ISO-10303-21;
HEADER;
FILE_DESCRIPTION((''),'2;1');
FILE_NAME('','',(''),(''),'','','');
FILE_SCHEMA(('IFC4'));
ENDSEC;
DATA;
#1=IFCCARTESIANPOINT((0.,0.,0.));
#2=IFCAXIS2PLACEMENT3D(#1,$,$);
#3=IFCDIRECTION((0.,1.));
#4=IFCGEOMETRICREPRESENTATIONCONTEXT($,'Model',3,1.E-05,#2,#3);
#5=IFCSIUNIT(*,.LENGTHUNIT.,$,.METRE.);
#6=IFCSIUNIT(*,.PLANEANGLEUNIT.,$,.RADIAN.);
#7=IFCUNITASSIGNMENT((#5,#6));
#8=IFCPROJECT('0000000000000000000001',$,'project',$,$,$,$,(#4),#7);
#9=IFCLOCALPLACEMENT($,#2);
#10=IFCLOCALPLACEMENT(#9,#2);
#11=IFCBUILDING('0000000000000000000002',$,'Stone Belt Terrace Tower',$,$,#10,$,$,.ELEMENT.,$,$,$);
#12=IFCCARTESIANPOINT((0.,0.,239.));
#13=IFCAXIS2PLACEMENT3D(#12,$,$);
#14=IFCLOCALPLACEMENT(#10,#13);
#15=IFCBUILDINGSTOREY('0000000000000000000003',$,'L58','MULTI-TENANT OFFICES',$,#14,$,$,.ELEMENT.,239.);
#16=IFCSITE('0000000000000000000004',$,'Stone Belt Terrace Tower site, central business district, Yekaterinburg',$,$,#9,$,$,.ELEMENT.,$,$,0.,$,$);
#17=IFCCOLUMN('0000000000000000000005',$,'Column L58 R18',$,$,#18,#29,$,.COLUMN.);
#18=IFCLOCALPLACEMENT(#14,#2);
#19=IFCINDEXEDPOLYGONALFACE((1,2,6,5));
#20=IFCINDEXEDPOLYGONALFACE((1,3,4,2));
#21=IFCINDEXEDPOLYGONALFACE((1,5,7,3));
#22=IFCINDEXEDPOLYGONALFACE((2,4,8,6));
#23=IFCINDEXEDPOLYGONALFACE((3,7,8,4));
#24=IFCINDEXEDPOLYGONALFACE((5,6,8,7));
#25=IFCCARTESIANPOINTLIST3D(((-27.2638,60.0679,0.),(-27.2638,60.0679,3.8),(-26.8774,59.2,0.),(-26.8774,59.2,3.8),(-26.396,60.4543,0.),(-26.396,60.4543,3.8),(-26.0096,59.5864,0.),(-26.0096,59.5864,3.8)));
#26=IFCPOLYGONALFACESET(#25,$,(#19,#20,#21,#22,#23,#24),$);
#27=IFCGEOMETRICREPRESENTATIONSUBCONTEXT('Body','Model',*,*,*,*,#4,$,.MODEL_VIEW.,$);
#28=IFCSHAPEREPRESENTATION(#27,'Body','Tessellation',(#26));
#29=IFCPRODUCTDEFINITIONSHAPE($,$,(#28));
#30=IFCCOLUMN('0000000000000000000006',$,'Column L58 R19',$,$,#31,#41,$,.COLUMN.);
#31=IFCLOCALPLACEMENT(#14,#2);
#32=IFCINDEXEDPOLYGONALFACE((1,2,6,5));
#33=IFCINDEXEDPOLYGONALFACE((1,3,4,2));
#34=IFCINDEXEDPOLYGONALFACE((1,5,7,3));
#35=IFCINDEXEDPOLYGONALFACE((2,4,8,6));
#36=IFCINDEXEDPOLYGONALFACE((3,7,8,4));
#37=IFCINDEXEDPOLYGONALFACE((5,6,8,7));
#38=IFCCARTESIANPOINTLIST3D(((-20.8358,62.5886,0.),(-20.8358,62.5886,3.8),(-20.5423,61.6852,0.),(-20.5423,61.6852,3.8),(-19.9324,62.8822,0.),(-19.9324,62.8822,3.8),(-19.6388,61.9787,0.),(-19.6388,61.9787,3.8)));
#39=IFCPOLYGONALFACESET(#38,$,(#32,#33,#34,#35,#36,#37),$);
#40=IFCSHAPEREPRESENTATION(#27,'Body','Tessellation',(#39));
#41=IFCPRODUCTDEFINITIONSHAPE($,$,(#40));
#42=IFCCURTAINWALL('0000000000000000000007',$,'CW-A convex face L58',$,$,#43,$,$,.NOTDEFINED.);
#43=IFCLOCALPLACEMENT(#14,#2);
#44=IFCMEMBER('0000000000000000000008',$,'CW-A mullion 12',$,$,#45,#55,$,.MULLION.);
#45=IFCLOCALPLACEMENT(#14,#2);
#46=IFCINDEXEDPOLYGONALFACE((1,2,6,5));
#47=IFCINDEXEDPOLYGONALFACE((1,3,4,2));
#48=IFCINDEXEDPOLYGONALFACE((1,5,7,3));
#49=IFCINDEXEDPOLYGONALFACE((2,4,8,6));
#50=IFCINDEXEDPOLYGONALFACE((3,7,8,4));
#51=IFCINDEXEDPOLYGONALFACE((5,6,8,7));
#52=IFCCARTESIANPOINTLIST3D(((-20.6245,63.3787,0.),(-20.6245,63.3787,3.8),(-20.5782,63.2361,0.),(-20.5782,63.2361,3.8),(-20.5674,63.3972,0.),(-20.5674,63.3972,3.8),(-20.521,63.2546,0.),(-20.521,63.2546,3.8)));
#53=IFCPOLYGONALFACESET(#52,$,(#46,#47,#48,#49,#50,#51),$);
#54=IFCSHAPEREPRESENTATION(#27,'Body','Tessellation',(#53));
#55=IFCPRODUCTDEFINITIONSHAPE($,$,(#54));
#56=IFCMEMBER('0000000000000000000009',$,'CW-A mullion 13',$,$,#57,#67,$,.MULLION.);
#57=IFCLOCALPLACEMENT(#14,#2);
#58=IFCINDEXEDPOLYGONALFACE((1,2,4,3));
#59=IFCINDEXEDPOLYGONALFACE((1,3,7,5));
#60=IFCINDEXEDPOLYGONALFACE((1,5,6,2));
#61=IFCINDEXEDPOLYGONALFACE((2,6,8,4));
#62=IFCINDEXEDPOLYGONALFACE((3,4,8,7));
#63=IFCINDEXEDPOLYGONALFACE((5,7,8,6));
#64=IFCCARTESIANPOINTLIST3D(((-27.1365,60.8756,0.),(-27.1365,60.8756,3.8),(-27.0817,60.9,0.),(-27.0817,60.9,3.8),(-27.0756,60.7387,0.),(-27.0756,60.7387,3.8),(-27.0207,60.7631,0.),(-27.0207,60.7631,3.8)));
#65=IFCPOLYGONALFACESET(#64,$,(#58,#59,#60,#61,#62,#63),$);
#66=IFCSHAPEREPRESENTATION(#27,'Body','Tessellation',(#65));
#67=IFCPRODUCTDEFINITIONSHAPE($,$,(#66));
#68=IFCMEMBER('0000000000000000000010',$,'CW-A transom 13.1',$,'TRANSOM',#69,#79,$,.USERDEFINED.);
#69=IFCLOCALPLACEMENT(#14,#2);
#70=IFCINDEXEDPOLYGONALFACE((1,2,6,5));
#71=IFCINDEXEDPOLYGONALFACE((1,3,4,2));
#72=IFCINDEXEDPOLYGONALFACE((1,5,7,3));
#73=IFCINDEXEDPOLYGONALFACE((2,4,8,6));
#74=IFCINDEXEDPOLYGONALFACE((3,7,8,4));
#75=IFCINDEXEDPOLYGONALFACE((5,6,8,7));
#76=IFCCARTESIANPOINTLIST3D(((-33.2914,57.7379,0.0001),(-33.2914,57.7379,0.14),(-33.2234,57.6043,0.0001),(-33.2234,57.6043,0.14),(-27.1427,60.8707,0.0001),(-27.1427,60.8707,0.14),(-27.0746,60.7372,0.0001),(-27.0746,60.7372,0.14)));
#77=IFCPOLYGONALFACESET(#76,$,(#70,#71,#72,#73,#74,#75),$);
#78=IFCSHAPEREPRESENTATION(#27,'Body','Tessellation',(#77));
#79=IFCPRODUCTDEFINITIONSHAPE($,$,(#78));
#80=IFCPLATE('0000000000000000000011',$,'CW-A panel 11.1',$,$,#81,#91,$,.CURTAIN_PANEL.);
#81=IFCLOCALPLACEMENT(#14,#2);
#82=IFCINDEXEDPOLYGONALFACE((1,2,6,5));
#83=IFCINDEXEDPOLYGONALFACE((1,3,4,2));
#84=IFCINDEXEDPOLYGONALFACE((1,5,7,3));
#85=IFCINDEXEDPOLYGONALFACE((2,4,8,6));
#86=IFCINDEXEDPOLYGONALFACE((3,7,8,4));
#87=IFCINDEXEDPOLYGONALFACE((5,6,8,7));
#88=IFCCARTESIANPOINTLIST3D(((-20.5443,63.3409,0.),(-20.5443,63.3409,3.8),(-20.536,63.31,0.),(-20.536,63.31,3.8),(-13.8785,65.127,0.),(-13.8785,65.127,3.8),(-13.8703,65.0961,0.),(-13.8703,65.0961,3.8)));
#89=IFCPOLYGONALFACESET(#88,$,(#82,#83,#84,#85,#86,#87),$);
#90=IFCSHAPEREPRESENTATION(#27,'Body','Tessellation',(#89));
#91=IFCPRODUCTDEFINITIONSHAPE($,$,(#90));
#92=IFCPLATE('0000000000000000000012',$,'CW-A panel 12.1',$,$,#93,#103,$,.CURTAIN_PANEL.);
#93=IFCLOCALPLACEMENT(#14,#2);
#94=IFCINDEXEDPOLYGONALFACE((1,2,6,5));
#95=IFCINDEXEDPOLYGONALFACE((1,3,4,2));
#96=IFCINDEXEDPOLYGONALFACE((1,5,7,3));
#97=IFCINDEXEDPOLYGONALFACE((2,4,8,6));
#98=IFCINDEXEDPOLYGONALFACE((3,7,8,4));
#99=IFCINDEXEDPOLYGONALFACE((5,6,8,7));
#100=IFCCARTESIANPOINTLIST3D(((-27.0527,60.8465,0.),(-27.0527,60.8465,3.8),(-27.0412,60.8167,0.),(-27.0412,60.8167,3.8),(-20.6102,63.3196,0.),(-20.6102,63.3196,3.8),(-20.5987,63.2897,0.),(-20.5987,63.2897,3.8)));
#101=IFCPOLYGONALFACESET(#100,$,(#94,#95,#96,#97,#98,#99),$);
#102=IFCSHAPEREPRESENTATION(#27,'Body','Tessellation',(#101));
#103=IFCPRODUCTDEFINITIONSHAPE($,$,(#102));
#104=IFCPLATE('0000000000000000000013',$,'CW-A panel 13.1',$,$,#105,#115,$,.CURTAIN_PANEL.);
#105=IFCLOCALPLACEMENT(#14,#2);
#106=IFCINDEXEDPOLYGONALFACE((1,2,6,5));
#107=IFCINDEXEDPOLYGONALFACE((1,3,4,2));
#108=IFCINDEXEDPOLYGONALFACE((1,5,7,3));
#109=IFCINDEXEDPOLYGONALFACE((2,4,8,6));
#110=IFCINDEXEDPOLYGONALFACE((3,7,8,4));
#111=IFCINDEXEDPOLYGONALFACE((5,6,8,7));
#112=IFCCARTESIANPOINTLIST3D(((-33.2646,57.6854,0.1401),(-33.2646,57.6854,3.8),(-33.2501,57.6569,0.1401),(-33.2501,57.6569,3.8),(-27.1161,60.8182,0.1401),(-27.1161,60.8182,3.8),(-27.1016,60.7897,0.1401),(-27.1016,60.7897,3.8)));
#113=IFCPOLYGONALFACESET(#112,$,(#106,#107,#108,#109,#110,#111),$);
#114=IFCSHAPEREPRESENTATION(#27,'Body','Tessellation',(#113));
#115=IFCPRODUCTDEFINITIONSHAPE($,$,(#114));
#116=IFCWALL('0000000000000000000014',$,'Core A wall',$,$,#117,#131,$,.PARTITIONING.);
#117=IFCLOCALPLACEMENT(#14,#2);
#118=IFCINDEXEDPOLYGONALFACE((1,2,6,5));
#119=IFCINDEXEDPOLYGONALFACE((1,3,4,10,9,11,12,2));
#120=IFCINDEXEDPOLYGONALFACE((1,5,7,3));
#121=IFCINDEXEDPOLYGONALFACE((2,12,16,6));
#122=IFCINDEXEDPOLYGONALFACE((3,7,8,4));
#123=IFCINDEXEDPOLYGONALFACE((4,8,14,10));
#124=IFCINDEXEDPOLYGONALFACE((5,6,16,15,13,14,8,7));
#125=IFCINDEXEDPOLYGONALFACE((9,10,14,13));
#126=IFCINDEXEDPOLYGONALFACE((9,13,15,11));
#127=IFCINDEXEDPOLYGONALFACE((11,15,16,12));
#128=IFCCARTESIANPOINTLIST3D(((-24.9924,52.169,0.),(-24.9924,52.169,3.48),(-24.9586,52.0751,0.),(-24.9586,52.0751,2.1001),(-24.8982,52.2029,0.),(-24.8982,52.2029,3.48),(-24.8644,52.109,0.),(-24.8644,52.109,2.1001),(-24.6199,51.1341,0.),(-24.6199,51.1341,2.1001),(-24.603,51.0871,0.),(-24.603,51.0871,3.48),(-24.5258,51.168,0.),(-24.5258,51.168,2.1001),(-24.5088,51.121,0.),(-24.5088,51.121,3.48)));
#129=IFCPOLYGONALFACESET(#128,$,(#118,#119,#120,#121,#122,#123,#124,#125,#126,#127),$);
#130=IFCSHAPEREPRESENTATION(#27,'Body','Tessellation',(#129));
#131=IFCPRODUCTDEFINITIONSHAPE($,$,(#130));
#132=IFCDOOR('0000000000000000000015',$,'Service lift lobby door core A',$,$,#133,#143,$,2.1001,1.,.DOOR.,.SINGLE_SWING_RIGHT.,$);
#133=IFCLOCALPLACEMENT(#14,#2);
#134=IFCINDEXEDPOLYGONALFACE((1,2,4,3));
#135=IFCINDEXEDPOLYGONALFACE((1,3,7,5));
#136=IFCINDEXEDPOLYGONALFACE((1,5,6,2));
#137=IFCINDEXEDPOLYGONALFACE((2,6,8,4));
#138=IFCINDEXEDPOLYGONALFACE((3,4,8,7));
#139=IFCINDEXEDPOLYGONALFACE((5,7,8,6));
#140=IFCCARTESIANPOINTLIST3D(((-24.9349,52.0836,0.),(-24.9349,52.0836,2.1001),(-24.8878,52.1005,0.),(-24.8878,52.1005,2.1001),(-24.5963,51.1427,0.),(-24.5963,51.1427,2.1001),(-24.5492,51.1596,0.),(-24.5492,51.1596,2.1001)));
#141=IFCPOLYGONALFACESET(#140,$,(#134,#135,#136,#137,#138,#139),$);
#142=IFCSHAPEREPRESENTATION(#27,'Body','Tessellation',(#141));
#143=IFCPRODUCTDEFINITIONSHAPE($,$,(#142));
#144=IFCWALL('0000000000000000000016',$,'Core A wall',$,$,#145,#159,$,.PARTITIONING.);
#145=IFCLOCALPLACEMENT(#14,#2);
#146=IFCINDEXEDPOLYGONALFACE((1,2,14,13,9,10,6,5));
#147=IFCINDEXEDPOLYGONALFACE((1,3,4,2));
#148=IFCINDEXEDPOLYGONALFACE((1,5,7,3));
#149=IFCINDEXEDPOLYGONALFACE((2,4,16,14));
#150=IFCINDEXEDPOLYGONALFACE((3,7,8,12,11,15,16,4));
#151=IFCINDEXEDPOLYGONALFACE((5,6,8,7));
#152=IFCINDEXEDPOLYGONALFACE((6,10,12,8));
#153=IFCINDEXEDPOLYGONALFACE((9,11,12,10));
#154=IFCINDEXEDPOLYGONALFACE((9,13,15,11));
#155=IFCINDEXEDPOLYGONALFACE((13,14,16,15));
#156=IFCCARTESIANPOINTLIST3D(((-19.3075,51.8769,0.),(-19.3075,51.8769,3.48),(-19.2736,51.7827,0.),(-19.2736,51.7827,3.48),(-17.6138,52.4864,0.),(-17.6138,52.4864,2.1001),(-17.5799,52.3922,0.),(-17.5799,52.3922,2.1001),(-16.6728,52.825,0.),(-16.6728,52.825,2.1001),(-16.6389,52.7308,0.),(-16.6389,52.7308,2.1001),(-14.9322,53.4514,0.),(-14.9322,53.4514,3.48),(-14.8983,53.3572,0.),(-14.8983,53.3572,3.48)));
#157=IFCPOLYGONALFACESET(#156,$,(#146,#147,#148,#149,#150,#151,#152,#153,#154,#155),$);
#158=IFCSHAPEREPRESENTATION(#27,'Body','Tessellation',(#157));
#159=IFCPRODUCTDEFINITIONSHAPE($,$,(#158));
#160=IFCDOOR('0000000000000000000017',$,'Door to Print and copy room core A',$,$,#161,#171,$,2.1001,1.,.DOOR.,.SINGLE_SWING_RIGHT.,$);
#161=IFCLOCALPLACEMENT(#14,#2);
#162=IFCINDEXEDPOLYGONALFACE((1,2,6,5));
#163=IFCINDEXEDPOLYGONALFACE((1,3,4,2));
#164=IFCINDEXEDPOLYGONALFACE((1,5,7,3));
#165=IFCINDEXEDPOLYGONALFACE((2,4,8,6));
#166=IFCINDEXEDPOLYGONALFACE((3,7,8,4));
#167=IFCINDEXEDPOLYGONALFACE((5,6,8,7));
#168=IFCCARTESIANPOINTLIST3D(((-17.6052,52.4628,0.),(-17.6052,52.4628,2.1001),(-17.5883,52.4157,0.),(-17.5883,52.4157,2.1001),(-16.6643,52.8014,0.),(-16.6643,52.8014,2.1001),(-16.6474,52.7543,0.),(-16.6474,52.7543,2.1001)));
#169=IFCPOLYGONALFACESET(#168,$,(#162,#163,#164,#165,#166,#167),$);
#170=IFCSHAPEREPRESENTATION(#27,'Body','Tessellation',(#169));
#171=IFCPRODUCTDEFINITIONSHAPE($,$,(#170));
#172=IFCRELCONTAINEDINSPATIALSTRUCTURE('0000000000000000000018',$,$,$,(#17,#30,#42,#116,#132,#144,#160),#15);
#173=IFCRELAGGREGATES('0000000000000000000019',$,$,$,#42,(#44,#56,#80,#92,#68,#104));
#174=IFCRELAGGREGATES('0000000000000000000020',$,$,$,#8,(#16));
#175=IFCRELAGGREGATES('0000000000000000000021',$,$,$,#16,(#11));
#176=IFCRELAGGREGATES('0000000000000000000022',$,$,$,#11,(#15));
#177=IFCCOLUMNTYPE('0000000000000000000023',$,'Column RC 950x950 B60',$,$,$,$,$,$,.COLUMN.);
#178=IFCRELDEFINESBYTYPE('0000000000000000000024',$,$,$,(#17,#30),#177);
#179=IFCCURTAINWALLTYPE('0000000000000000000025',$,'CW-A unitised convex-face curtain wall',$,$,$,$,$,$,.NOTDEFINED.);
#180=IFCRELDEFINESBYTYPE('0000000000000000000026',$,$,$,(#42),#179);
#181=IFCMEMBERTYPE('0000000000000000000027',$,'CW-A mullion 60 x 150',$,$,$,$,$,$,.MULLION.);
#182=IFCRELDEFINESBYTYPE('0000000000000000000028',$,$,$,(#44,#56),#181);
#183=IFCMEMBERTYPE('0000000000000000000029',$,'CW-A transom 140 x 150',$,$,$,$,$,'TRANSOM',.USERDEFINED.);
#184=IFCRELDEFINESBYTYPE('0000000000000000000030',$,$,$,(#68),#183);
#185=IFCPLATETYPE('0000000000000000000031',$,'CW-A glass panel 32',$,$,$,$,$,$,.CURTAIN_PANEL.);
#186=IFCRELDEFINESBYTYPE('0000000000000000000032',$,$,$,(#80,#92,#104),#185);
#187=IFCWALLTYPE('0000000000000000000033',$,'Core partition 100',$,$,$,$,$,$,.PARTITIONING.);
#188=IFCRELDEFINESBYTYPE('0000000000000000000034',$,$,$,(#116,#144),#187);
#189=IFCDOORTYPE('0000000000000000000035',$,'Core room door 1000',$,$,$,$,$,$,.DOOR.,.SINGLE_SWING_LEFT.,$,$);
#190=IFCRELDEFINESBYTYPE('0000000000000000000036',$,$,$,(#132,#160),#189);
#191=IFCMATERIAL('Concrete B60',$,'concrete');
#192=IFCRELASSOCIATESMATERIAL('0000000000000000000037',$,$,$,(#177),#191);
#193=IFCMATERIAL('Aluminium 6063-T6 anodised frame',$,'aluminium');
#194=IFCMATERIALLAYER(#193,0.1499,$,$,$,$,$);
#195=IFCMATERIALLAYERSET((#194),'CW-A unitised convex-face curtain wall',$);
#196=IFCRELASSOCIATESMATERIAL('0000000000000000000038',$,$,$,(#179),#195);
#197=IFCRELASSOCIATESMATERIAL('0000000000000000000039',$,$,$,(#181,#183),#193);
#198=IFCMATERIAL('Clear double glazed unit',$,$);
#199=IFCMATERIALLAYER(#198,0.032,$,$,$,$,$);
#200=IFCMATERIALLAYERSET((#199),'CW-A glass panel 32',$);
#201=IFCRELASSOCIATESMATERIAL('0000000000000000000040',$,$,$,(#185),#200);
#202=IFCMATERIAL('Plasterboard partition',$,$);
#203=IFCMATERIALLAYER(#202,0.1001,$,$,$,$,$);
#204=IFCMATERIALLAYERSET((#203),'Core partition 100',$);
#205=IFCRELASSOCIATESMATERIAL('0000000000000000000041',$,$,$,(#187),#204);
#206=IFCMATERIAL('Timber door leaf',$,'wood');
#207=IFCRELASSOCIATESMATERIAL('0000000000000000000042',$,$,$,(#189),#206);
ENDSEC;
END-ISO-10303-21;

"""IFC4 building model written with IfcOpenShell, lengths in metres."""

from ifc_helpers import new_model, si_unit, direction, frame, frame_2d, origin, origin_2d, place, context, subcontext, project, spatial, rectangle, extrude, material, layer, layer_set, material_profile, profile_set, type_object, element, fill, aggregate, save


model = new_model("IFC4")

# Units and contexts
model_context = context("Model", 3, precision=1e-05, world=origin(), true_north=direction((0.0, 1.0)))
body_context = subcontext(model_context, "Body", "Model", "MODEL_VIEW")
ifc_project = project(units=[si_unit("LENGTHUNIT", "METRE"), si_unit("PLANEANGLEUNIT", "RADIAN")], contexts=[model_context])

# Site, building, storey
site_placement = place(None, origin())
site = spatial("IfcSite", under=ifc_project, at=site_placement, Name="Stone Belt Terrace Tower site, central business district, Yekaterinburg", CompositionType="ELEMENT", RefElevation=0.0)
building_placement = place(site_placement, origin())
building = spatial("IfcBuilding", under=site, at=building_placement, Name="Stone Belt Terrace Tower", CompositionType="ELEMENT")
storey_placement = place(building_placement, frame((0.0, 0.0, 239.0)))
storey = spatial("IfcBuildingStorey", under=building, at=storey_placement, Name="L58", Description="MULTI-TENANT OFFICES", CompositionType="ELEMENT", Elevation=239.0)

# Columns
ifc_material_1 = material(Name="Concrete B60", Category="concrete")
ifc_material_profile_1 = material_profile(ifc_material_1, rectangle(XDim=0.95, YDim=0.95, at=origin_2d()), Name="RC 950x950")
ifc_profile_set_1 = profile_set([ifc_material_profile_1], Name="Concrete B60")
column_type = type_object("IfcColumnType", Name="Column RC 950x950 B60", PredefinedType="COLUMN", material=ifc_profile_set_1)
for number, where, z_axis, x_axis, name in (
    (1, (-26.6367, 59.8271, 0.0), (0.0, 0.0, 1.0), (0.913545, 0.406737, 0.0), "Column L58 R18"),
    (2, (-20.2373, 62.2837, 0.0), (0.0, 0.0, 1.0), (0.951057, 0.309017, 0.0), "Column L58 R19"),
):
    element("IfcColumn", number, at=place(storey_placement, frame(where, z_axis=z_axis, x_axis=x_axis)), inside=storey, type_object=column_type, Name=name, PredefinedType="COLUMN", context=body_context, shape_type="SweptSolid", body=[
        extrude(rectangle(XDim=0.95, YDim=0.95, at=origin_2d()), origin(), (0.0, 0.0, 1.0), 3.8),
    ])

# Curtain wall, members, plates
ifc_material_2 = material(Name="Aluminium 6063-T6 anodised frame", Category="aluminium")
ifc_layer_1 = layer(ifc_material_2, 0.1499)
ifc_layer_set_1 = layer_set([ifc_layer_1], Name="CW-A unitised convex-face curtain wall")
curtain_wall_type = type_object("IfcCurtainWallType", Name="CW-A unitised convex-face curtain wall", PredefinedType="NOTDEFINED", material=ifc_layer_set_1)
curtain_wall_placement = place(storey_placement, origin())
curtain_wall = element("IfcCurtainWall", 3, at=curtain_wall_placement, inside=storey, type_object=curtain_wall_type, Name="CW-A convex face L58", PredefinedType="NOTDEFINED")
ifc_material_profile_2 = material_profile(ifc_material_2, rectangle(XDim=0.1499, YDim=0.0601, at=origin_2d()), Name="Aluminium 6063-T6 60x150")
ifc_profile_set_2 = profile_set([ifc_material_profile_2], Name="Aluminium 6063-T6 anodised frame")
member_type_1 = type_object("IfcMemberType", Name="CW-A mullion 60 x 150", PredefinedType="MULLION", material=ifc_profile_set_2)
member_1_placement = place(storey_placement, frame((-20.5728, 63.3167, 0.0), z_axis=(0.0, 0.0, 1.0), x_axis=(0.309017, -0.951057, 0.0)))
member_1 = element("IfcMember", 4, at=member_1_placement, type_object=member_type_1, Name="CW-A mullion 12", PredefinedType="MULLION", context=body_context, shape_type="SweptSolid", body=[
    extrude(rectangle(XDim=0.1499, YDim=0.0601, at=origin_2d()), origin(), (0.0, 0.0, 1.0), 3.8),
])
member_2_placement = place(storey_placement, frame((-27.0786, 60.8193, 0.0), z_axis=(0.0, 0.0, 1.0), x_axis=(0.406737, -0.913545, 0.0)))
member_2 = element("IfcMember", 5, at=member_2_placement, type_object=member_type_1, Name="CW-A mullion 13", PredefinedType="MULLION", context=body_context, shape_type="SweptSolid", body=[
    extrude(rectangle(XDim=0.1499, YDim=0.0601, at=origin_2d()), origin(), (0.0, 0.0, 1.0), 3.8),
])
ifc_material_profile_3 = material_profile(ifc_material_2, rectangle(XDim=0.1499, YDim=0.1399, at=origin_2d()), Name="Aluminium 6063-T6 150x140")
ifc_profile_set_3 = profile_set([ifc_material_profile_3], Name="Aluminium 6063-T6 anodised frame")
member_type_2 = type_object("IfcMemberType", Name="CW-A transom 140 x 150", ElementType="TRANSOM", PredefinedType="USERDEFINED", material=ifc_profile_set_3)
member_3_placement = place(storey_placement, frame((-27.1086, 60.804, 0.0701), z_axis=(-0.891012, -0.453979, 0.0), x_axis=(0.453979, -0.891012, 0.0)))
member_3 = element("IfcMember", 6, at=member_3_placement, type_object=member_type_2, Name="CW-A transom 13.1", ObjectType="TRANSOM", PredefinedType="USERDEFINED", context=body_context, shape_type="SweptSolid", body=[
    extrude(rectangle(XDim=0.1499, YDim=0.1399, at=origin_2d()), origin(), (0.0, 0.0, 1.0), 6.9009),
])
ifc_material_3 = material(Name="Clear double glazed unit")
ifc_layer_2 = layer(ifc_material_3, 0.032)
ifc_layer_set_2 = layer_set([ifc_layer_2], Name="CW-A glass panel 32")
plate_type = type_object("IfcPlateType", Name="CW-A glass panel 32", PredefinedType="CURTAIN_PANEL", material=ifc_layer_set_2)
plate_1_placement = place(storey_placement, frame((-17.2073, 64.2185, 0.0), z_axis=(0.0, 0.0, 1.0), x_axis=(-0.965926, -0.258819, 0.0)))
plate_1 = element("IfcPlate", 7, at=plate_1_placement, type_object=plate_type, Name="CW-A panel 11.1", PredefinedType="CURTAIN_PANEL", context=body_context, shape_type="SweptSolid", body=[
    extrude(rectangle(XDim=6.9009, YDim=0.032, at=origin_2d()), origin(), (0.0, 0.0, 1.0), 3.8),
])
plate_2_placement = place(storey_placement, frame((-23.8257, 62.0681, 0.0), z_axis=(0.0, 0.0, 1.0), x_axis=(-0.93358, -0.358368, 0.0)))
plate_2 = element("IfcPlate", 8, at=plate_2_placement, type_object=plate_type, Name="CW-A panel 12.1", PredefinedType="CURTAIN_PANEL", context=body_context, shape_type="SweptSolid", body=[
    extrude(rectangle(XDim=6.9009, YDim=0.032, at=origin_2d()), origin(), (0.0, 0.0, 1.0), 3.8),
])
plate_3_placement = place(storey_placement, frame((-30.1831, 59.2375, 0.1401), z_axis=(0.0, 0.0, 1.0), x_axis=(-0.891007, -0.45399, 0.0)))
plate_3 = element("IfcPlate", 9, at=plate_3_placement, type_object=plate_type, Name="CW-A panel 13.1", PredefinedType="CURTAIN_PANEL", context=body_context, shape_type="SweptSolid", body=[
    extrude(rectangle(XDim=6.9006, YDim=0.032, at=origin_2d()), origin(), (0.0, 0.0, 1.0), 3.6599),
])
aggregate(curtain_wall, [member_1, member_2, plate_1, plate_2, member_3, plate_3])

# Walls, openings, doors
ifc_material_4 = material(Name="Plasterboard partition")
ifc_layer_3 = layer(ifc_material_4, 0.1001)
ifc_layer_set_3 = layer_set([ifc_layer_3], Name="Core partition 100")
wall_type_1 = type_object("IfcWallType", Name="Core partition 100", PredefinedType="PARTITIONING", material=ifc_layer_set_3)
wall_1_placement = place(storey_placement, frame((-24.5559, 51.104, 0.0), z_axis=(0.0, 0.0, 1.0), x_axis=(-0.338622, 0.940923, 0.0)))
wall_1 = element("IfcWall", 10, at=wall_1_placement, inside=storey, type_object=wall_type_1, Name="Core A wall", PredefinedType="PARTITIONING", context=body_context, shape_type="SweptSolid", body=[
    extrude(rectangle(XDim=1.1499, YDim=0.1001, at=frame_2d((0.575, 0.0))), origin(), (0.0, 0.0, 1.0), 3.48),
])
opening_1_placement = place(wall_1_placement, frame((0.05, 0.0, 0.0)))
opening_1 = element("IfcOpeningElement", 11, at=opening_1_placement, cuts=wall_1, PredefinedType="OPENING", context=body_context, shape_type="SweptSolid", body=[
    extrude(rectangle(XDim=1.0, YDim=2.1001, at=frame_2d((0.5, 1.05))), frame((0.0, 0.0601, 0.0), z_axis=(0.0, -1.0, 0.0), x_axis=(1.0, 0.0, 0.0)), (0.0, 0.0, 1.0), 0.1201),
])
ifc_material_5 = material(Name="Timber door leaf", Category="wood")
door_type_1 = type_object("IfcDoorType", Name="Core room door 1000", OperationType="SINGLE_SWING_LEFT", PredefinedType="DOOR", material=ifc_material_5)
door_1_placement = place(opening_1_placement, origin())
door_1 = element("IfcDoor", 12, at=door_1_placement, inside=storey, type_object=door_type_1, Name="Service lift lobby door core A", OperationType="SINGLE_SWING_RIGHT", OverallHeight=2.1001, OverallWidth=1.0, PredefinedType="DOOR", context=body_context, shape_type="SweptSolid", body=[
    extrude(rectangle(XDim=1.0, YDim=2.1001, at=frame_2d((0.5, 1.05))), frame((0.0, 0.0249, 0.0), z_axis=(0.0, -1.0, 0.0), x_axis=(1.0, 0.0, 0.0)), (0.0, 0.0, 1.0), 0.05),
])
fill(opening_1, door_1)
wall_2_placement = place(storey_placement, frame((-19.2905, 51.8298, 0.0), z_axis=(0.0, 0.0, 1.0), x_axis=(0.94093, 0.3386, 0.0)))
wall_2 = element("IfcWall", 13, at=wall_2_placement, inside=storey, type_object=wall_type_1, Name="Core A wall", PredefinedType="PARTITIONING", context=body_context, shape_type="SweptSolid", body=[
    extrude(rectangle(XDim=4.6499, YDim=0.1001, at=frame_2d((2.325, 0.0))), origin(), (0.0, 0.0, 1.0), 3.48),
])
opening_2_placement = place(wall_2_placement, frame((1.8, 0.0, 0.0)))
opening_2 = element("IfcOpeningElement", 14, at=opening_2_placement, cuts=wall_2, PredefinedType="OPENING", context=body_context, shape_type="SweptSolid", body=[
    extrude(rectangle(XDim=1.0, YDim=2.1001, at=frame_2d((0.5, 1.05))), frame((0.0, 0.0601, 0.0), z_axis=(0.0, -1.0, 0.0), x_axis=(1.0, 0.0, 0.0)), (0.0, 0.0, 1.0), 0.1201),
])
door_2_placement = place(opening_2_placement, origin())
door_2 = element("IfcDoor", 15, at=door_2_placement, inside=storey, type_object=door_type_1, Name="Door to Print and copy room core A", OperationType="SINGLE_SWING_RIGHT", OverallHeight=2.1001, OverallWidth=1.0, PredefinedType="DOOR", context=body_context, shape_type="SweptSolid", body=[
    extrude(rectangle(XDim=1.0, YDim=2.1001, at=frame_2d((0.5, 1.05))), frame((0.0, 0.0249, 0.0), z_axis=(0.0, -1.0, 0.0), x_axis=(1.0, 0.0, 0.0)), (0.0, 0.0, 1.0), 0.05),
])
fill(opening_2, door_2)

save(model, "model.ifc")
